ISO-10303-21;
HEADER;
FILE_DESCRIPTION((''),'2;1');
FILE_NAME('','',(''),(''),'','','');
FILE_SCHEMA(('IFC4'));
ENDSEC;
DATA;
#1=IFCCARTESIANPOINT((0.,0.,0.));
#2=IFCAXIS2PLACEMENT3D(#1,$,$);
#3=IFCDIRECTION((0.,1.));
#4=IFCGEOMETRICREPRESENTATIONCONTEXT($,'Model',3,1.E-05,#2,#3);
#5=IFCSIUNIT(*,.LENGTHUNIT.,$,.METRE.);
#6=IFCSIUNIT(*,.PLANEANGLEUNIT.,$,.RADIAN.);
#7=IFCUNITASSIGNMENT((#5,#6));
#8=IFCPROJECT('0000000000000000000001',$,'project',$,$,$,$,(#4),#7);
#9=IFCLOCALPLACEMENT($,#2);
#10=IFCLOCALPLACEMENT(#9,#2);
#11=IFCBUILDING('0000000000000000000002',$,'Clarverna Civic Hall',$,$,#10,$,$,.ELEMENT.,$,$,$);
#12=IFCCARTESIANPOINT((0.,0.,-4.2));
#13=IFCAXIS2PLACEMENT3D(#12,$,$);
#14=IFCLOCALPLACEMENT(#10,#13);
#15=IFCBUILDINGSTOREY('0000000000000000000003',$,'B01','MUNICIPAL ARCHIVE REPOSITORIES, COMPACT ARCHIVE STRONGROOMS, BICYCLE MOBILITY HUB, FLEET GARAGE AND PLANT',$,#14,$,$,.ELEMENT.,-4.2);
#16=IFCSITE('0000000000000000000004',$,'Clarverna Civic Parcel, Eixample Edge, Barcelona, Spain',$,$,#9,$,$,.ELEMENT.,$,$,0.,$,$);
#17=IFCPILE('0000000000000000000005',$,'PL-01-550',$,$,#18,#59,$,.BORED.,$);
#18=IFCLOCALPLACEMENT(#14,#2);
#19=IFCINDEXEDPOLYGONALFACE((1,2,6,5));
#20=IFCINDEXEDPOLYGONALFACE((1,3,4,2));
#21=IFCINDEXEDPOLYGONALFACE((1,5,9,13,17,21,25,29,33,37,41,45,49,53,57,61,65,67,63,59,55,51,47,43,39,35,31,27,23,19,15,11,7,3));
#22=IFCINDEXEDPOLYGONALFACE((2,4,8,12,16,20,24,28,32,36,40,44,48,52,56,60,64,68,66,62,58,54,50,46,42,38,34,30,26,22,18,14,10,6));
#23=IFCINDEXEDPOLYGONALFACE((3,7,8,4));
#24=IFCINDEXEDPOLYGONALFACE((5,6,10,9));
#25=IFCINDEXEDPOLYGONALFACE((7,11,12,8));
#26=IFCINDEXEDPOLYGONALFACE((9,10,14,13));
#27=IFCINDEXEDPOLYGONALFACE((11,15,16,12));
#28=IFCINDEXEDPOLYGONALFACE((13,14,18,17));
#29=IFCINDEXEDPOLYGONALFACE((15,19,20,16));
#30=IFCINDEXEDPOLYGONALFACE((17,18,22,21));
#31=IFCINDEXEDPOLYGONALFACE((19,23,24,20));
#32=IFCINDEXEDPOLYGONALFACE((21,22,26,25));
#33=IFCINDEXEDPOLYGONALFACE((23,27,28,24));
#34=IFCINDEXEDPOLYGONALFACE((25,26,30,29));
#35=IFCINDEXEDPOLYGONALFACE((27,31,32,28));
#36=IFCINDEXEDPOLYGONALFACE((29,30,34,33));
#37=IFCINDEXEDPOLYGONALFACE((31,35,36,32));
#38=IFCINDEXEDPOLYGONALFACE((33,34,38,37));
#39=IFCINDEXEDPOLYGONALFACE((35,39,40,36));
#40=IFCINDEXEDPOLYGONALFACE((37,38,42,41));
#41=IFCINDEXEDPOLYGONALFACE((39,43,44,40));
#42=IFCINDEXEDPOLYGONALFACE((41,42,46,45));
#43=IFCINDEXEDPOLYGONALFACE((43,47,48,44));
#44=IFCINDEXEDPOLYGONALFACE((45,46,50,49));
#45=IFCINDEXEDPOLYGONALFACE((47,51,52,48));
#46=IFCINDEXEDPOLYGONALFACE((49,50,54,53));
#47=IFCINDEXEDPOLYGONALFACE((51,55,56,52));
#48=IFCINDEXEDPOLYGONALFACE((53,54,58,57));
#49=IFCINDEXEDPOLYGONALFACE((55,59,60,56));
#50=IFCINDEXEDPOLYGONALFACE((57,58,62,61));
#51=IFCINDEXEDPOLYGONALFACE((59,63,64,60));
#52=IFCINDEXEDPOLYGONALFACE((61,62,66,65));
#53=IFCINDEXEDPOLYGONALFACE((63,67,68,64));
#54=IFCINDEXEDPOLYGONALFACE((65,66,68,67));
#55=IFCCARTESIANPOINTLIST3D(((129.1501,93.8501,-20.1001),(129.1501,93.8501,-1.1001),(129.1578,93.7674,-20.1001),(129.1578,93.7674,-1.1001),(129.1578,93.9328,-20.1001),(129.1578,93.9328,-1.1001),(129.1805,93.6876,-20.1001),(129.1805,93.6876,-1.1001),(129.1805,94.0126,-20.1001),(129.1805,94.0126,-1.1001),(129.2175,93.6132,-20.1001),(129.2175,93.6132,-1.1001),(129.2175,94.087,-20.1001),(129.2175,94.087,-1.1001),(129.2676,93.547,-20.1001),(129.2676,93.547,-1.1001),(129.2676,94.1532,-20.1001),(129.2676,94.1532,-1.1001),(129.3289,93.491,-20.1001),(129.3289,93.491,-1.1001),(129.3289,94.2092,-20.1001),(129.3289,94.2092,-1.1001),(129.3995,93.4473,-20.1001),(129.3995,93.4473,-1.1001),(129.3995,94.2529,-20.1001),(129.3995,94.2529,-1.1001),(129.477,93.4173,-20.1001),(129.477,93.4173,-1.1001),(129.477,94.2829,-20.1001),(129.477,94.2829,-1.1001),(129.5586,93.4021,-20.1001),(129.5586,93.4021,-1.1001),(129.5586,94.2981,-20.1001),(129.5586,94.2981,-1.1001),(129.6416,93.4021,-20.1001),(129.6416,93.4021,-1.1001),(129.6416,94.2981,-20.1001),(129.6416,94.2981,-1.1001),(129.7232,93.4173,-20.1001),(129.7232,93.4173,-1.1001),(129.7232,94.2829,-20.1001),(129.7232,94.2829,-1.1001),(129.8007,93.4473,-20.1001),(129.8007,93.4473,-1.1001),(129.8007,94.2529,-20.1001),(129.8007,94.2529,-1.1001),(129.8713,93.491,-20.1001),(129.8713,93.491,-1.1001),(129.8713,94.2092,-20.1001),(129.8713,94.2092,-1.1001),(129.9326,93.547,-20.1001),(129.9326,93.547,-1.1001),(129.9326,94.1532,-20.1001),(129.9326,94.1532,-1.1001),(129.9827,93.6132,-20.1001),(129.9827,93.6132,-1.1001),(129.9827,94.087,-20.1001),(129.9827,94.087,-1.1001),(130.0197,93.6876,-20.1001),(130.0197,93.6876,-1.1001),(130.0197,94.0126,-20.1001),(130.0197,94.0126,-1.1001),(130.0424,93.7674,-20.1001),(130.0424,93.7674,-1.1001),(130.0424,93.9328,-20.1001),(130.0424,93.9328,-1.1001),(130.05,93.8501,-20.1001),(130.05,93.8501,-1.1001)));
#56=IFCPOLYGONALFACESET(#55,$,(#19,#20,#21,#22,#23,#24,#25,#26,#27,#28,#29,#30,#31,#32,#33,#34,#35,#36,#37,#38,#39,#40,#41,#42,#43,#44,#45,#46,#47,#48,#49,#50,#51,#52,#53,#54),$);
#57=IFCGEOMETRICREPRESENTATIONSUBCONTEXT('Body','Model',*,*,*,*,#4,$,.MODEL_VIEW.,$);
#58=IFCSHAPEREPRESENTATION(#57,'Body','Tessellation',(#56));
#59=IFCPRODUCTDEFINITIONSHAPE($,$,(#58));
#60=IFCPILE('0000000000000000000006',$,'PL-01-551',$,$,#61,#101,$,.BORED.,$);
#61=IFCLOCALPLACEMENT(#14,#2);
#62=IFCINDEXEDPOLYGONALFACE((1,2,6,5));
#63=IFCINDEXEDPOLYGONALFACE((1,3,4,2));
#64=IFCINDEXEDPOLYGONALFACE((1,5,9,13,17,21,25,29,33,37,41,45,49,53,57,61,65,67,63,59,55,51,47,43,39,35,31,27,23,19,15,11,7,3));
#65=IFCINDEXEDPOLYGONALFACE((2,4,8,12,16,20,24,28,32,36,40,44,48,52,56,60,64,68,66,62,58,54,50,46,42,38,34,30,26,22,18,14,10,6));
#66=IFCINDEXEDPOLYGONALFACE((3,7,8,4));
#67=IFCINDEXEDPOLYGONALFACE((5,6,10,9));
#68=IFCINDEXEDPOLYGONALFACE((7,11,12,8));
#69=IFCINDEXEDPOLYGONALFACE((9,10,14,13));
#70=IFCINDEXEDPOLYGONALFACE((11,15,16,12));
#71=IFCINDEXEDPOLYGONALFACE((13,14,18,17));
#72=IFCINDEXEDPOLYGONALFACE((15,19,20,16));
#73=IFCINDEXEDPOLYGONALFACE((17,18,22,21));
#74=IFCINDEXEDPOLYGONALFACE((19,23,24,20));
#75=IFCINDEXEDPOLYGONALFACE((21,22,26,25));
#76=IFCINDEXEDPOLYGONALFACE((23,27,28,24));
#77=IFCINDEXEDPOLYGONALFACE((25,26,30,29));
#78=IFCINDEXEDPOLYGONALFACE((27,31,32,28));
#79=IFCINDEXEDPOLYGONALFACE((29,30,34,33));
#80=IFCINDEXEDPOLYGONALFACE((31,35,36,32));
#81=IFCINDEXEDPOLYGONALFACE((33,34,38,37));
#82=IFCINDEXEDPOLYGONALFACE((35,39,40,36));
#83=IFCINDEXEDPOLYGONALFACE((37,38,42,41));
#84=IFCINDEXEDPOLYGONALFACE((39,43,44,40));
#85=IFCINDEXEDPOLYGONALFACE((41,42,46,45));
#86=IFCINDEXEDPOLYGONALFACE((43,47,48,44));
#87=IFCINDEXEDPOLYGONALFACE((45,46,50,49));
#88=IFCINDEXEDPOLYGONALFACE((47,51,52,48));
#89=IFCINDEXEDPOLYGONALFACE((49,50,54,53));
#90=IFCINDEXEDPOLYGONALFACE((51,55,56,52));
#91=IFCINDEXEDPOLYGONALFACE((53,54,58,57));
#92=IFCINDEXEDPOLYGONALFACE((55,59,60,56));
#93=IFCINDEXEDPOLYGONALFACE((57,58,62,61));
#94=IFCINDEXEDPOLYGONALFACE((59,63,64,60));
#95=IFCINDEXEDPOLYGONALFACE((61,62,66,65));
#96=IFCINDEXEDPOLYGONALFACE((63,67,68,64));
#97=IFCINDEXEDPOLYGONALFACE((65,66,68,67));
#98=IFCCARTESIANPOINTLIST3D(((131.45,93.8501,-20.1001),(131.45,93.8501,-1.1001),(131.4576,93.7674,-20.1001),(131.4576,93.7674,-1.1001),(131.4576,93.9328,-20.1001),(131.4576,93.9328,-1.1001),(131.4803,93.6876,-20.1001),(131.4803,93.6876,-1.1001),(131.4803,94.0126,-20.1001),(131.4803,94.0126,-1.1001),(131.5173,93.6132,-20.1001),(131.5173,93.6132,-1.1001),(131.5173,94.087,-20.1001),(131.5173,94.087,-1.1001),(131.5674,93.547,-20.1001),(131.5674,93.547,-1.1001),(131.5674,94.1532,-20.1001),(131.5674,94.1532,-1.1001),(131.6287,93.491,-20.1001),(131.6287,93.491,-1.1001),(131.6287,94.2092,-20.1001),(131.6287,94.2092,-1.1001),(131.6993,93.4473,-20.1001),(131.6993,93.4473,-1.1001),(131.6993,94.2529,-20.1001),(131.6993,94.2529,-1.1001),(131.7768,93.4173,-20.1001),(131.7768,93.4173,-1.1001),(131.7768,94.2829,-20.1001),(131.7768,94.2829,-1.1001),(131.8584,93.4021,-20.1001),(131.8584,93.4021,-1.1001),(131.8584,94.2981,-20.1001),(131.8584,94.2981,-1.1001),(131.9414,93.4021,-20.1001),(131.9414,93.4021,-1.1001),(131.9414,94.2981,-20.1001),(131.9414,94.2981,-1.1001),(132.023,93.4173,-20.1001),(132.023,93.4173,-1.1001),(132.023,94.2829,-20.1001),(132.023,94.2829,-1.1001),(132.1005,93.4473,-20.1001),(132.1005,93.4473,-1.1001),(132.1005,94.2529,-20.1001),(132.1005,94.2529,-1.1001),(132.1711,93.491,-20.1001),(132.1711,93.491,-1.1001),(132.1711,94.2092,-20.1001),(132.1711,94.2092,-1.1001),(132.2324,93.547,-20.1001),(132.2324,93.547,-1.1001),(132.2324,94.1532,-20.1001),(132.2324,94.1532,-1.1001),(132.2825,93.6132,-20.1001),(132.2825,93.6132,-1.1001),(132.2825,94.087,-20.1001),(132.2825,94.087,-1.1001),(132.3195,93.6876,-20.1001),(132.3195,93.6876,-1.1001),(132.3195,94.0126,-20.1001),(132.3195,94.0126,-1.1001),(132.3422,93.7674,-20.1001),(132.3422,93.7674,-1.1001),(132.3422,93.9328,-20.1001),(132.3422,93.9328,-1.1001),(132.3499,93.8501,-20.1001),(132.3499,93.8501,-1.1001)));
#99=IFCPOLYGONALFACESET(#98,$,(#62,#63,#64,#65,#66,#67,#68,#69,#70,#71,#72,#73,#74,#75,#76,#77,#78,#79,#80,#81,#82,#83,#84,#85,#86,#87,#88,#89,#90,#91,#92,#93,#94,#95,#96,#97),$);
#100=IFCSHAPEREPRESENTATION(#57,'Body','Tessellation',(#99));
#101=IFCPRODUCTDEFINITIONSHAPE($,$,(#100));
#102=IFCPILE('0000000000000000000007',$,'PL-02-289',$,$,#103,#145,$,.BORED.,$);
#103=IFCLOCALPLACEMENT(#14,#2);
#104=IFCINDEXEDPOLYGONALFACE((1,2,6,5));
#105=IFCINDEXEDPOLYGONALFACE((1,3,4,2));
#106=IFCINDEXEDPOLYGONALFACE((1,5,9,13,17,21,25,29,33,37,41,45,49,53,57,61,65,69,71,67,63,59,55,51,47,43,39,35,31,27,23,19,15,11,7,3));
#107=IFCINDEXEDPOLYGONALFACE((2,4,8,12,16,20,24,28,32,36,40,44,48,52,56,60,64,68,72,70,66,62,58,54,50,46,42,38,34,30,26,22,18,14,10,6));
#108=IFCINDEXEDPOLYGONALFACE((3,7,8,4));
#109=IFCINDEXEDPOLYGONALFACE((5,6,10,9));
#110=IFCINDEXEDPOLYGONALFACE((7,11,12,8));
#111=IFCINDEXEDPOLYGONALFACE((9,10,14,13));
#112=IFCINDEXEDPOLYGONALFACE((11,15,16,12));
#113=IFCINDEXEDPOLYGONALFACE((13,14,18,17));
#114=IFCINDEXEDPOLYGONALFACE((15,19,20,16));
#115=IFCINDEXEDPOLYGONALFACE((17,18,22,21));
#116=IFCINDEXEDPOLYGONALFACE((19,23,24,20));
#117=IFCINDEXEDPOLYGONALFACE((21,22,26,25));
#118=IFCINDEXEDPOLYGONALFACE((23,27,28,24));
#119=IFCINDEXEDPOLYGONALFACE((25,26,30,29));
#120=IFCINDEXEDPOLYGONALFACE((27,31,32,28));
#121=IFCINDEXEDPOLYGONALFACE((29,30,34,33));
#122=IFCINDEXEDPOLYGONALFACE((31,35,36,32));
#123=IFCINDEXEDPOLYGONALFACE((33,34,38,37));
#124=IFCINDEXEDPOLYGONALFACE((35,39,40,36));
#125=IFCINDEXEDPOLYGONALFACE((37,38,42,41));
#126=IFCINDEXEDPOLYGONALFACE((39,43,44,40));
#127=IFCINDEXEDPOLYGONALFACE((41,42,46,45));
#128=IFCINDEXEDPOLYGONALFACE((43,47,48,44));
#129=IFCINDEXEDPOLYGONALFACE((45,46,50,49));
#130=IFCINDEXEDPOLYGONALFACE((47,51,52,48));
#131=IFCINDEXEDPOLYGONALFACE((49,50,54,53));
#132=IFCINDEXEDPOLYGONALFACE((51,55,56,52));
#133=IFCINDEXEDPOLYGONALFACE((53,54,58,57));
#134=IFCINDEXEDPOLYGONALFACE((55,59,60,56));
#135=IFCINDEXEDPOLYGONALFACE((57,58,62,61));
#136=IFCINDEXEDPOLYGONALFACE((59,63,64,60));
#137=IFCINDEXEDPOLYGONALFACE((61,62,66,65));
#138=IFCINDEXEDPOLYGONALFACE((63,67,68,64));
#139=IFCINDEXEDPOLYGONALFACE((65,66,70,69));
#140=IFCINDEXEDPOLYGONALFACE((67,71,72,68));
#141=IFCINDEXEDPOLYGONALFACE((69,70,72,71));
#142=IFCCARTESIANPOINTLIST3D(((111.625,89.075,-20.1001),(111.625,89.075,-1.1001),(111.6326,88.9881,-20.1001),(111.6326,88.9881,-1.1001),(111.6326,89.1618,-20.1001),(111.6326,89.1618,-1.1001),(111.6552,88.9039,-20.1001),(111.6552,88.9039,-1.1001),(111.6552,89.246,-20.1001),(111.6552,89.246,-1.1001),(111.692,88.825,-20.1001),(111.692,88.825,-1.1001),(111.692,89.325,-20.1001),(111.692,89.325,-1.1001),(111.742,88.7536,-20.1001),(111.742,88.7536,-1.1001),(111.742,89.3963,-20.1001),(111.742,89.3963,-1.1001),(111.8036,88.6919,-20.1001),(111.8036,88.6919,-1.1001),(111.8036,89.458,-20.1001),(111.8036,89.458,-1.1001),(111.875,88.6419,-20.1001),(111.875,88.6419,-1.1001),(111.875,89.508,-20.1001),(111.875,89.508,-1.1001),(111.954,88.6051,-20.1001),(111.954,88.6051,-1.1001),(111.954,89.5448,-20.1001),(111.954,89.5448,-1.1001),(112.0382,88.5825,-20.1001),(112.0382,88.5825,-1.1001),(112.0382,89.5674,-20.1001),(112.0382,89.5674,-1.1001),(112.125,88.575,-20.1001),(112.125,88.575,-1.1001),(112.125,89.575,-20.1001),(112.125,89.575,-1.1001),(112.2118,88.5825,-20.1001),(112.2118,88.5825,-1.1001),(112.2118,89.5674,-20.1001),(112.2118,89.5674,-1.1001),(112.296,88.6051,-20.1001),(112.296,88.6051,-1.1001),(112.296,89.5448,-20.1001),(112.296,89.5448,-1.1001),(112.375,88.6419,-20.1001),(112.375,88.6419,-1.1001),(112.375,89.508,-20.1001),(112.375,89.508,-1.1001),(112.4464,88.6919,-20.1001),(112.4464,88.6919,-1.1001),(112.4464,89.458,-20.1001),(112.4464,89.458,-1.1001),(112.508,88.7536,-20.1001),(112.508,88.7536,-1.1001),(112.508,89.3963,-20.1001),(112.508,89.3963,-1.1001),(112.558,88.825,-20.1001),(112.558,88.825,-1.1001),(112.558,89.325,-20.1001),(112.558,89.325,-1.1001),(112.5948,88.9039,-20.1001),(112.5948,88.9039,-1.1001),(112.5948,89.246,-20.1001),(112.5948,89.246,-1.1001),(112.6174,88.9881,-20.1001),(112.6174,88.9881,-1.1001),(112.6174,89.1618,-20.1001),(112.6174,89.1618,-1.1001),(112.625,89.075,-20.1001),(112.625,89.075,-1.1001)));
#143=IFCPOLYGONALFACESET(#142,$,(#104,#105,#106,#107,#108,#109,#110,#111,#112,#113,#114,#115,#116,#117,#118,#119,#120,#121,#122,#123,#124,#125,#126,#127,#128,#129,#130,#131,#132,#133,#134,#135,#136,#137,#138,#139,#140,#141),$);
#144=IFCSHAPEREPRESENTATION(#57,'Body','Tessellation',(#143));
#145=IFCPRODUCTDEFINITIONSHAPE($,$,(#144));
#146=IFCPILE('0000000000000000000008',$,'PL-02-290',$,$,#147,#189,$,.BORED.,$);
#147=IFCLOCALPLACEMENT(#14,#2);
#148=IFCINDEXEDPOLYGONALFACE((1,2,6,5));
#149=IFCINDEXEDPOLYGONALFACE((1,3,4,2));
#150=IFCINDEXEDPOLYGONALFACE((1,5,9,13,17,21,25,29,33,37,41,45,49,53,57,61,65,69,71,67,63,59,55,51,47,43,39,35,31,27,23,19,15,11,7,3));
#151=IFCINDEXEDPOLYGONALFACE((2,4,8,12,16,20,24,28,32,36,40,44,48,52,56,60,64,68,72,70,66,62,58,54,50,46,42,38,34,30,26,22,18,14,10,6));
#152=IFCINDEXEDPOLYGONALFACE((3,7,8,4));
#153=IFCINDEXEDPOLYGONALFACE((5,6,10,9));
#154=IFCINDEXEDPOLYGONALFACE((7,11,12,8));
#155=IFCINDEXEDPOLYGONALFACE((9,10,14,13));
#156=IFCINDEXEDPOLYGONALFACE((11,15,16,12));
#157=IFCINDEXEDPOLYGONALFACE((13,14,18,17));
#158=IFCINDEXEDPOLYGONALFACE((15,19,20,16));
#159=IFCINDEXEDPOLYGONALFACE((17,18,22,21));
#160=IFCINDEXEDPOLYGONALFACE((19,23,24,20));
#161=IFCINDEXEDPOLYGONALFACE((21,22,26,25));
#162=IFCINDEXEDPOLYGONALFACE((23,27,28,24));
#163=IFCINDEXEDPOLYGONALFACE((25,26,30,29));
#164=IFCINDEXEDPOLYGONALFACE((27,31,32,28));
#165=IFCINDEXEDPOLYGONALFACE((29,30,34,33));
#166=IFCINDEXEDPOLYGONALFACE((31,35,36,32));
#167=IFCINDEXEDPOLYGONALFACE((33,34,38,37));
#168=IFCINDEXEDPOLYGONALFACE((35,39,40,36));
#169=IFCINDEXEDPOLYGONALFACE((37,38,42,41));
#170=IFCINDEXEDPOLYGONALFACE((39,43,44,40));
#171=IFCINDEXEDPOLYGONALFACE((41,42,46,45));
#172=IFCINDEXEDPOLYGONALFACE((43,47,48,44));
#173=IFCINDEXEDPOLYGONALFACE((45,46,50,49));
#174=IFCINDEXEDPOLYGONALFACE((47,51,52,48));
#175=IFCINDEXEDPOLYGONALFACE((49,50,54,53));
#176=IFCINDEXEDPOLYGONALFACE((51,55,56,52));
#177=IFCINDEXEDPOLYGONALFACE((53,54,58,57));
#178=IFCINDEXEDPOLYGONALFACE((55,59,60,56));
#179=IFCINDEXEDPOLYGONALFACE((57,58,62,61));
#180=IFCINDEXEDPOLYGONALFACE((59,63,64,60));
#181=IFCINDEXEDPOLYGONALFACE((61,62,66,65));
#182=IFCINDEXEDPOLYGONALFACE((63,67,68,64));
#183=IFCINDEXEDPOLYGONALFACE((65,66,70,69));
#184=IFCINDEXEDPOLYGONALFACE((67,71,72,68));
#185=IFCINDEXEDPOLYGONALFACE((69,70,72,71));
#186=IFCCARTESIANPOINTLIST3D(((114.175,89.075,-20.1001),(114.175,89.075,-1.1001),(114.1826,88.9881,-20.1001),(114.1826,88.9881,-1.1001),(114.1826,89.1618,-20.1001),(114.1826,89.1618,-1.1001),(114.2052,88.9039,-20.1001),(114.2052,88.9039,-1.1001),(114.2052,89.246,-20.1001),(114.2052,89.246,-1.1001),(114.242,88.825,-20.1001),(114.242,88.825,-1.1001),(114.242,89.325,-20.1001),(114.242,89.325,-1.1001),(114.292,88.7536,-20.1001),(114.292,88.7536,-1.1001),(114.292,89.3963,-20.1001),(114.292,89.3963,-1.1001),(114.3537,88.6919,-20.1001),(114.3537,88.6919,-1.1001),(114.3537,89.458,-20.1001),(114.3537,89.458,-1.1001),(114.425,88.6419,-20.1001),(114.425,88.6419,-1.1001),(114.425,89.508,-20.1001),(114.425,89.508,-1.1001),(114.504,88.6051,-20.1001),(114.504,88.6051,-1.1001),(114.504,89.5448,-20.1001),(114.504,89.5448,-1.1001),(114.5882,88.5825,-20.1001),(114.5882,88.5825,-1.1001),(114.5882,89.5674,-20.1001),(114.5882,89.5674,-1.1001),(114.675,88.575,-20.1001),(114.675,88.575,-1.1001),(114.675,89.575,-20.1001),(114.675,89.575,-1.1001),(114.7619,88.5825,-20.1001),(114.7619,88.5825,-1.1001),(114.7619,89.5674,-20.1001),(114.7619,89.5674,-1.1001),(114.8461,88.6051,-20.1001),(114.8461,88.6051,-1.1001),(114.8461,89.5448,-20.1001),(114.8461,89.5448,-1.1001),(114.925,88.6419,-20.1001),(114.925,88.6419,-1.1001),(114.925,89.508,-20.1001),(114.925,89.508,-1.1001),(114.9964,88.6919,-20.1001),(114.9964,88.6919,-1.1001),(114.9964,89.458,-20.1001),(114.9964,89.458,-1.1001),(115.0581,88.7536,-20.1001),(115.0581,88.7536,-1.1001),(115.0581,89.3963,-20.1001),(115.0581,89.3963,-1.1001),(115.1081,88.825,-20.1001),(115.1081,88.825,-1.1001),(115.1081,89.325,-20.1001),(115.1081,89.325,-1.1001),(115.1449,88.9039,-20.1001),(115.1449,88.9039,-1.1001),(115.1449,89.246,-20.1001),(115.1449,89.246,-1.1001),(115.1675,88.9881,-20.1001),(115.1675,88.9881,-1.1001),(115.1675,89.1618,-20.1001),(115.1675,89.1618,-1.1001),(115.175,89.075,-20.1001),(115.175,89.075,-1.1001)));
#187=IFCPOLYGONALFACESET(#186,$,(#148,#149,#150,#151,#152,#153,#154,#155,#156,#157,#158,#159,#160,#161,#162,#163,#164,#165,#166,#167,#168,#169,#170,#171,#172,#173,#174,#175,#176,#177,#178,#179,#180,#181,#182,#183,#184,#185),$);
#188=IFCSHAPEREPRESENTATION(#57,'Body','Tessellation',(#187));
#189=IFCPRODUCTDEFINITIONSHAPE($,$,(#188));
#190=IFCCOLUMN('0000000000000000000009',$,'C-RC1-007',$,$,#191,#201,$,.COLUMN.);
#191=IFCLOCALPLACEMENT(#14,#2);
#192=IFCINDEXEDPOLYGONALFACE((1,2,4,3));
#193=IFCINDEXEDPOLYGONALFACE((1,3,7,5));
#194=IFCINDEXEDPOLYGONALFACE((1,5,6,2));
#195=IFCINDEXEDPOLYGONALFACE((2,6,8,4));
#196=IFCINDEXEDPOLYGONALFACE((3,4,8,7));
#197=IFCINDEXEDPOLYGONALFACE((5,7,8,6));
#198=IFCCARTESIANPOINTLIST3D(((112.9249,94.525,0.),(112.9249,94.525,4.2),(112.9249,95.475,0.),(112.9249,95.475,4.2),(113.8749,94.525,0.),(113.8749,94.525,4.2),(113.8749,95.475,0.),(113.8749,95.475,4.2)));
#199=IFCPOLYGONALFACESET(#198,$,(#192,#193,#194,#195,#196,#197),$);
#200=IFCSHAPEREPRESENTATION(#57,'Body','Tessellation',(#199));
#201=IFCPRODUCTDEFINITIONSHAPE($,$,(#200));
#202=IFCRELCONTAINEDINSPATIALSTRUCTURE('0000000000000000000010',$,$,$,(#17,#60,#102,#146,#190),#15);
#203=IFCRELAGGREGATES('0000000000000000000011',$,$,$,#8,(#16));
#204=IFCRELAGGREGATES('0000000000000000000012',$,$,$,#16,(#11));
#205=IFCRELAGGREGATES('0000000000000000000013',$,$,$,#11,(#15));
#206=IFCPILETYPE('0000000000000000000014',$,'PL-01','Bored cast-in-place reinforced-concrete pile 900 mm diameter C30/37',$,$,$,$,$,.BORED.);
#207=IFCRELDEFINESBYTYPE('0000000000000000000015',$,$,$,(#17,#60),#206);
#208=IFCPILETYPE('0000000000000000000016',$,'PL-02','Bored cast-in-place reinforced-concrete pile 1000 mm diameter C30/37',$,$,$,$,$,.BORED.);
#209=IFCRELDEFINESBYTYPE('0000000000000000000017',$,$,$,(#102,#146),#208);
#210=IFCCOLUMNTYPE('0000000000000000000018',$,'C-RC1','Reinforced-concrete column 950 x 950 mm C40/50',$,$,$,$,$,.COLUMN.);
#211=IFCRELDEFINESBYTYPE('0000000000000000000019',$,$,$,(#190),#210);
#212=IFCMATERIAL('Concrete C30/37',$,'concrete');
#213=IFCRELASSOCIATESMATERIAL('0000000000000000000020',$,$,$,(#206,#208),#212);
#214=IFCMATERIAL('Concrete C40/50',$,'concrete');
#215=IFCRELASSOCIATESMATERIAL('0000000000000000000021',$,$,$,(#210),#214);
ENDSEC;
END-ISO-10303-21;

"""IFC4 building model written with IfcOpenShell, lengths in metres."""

from ifc_helpers import new_model, si_unit, direction, frame, origin, origin_2d, place, context, subcontext, project, spatial, rectangle, circle, extrude, material, material_profile, profile_set, type_object, element, save


model = new_model("IFC4")

# Units and contexts
model_context = context("Model", 3, precision=1e-05, world=origin(), true_north=direction((0.0, 1.0)))
body_context = subcontext(model_context, "Body", "Model", "MODEL_VIEW")
ifc_project = project(units=[si_unit("LENGTHUNIT", "METRE"), si_unit("PLANEANGLEUNIT", "RADIAN")], contexts=[model_context])

# Site, building, storey
site_placement = place(None, origin())
site = spatial("IfcSite", under=ifc_project, at=site_placement, Name="Clarverna Civic Parcel, Eixample Edge, Barcelona, Spain", CompositionType="ELEMENT", RefElevation=0.0)
building_placement = place(site_placement, origin())
building = spatial("IfcBuilding", under=site, at=building_placement, Name="Clarverna Civic Hall", CompositionType="ELEMENT")
storey_placement = place(building_placement, frame((0.0, 0.0, -4.2)))
storey = spatial("IfcBuildingStorey", under=building, at=storey_placement, Name="B01", Description="MUNICIPAL ARCHIVE REPOSITORIES, COMPACT ARCHIVE STRONGROOMS, BICYCLE MOBILITY HUB, FLEET GARAGE AND PLANT", CompositionType="ELEMENT", Elevation=-4.2)

# Shared definitions
ifc_material_1 = material(Name="Concrete C30/37", Category="concrete")

# Piles
ifc_material_profile_1 = material_profile(ifc_material_1, circle(Radius=0.45, at=origin_2d()), Name="BORED PILE D900")
ifc_profile_set_1 = profile_set([ifc_material_profile_1], Name="Concrete C30/37")
pile_type_1 = type_object("IfcPileType", Name="PL-01", Description="Bored cast-in-place reinforced-concrete pile 900 mm diameter C30/37", PredefinedType="BORED", material=ifc_profile_set_1)
for number, where, z_axis, x_axis, name in (
    (1, (129.6001, 93.8501, -1.1001), (0.0, 0.0, -1.0), (1.0, 0.0, 0.0), "PL-01-550"),
    (2, (131.8999, 93.8501, -1.1001), (0.0, 0.0, -1.0), (1.0, 0.0, 0.0), "PL-01-551"),
):
    element("IfcPile", number, at=place(storey_placement, frame(where, z_axis=z_axis, x_axis=x_axis)), inside=storey, type_object=pile_type_1, Name=name, PredefinedType="BORED", context=body_context, shape_type="SweptSolid", body=[
        extrude(circle(Radius=0.45, at=origin_2d()), origin(), (0.0, 0.0, 1.0), 19.0),
    ])
ifc_material_profile_2 = material_profile(ifc_material_1, circle(Radius=0.5, at=origin_2d()), Name="BORED PILE D1000")
ifc_profile_set_2 = profile_set([ifc_material_profile_2], Name="Concrete C30/37")
pile_type_2 = type_object("IfcPileType", Name="PL-02", Description="Bored cast-in-place reinforced-concrete pile 1000 mm diameter C30/37", PredefinedType="BORED", material=ifc_profile_set_2)
for number, where, z_axis, x_axis, name in (
    (3, (112.125, 89.075, -1.1001), (0.0, 0.0, -1.0), (1.0, 0.0, 0.0), "PL-02-289"),
    (4, (114.675, 89.075, -1.1001), (0.0, 0.0, -1.0), (1.0, 0.0, 0.0), "PL-02-290"),
):
    element("IfcPile", number, at=place(storey_placement, frame(where, z_axis=z_axis, x_axis=x_axis)), inside=storey, type_object=pile_type_2, Name=name, PredefinedType="BORED", context=body_context, shape_type="SweptSolid", body=[
        extrude(circle(Radius=0.5, at=origin_2d()), origin(), (0.0, 0.0, 1.0), 19.0),
    ])

# Column
ifc_material_2 = material(Name="Concrete C40/50", Category="concrete")
ifc_material_profile_3 = material_profile(ifc_material_2, rectangle(XDim=0.95, YDim=0.95, at=origin_2d()), Name="RC 950x950")
ifc_profile_set_3 = profile_set([ifc_material_profile_3], Name="Concrete C40/50")
column_type = type_object("IfcColumnType", Name="C-RC1", Description="Reinforced-concrete column 950 x 950 mm C40/50", PredefinedType="COLUMN", material=ifc_profile_set_3)
for number, where, z_axis, x_axis, name in (
    (5, (113.3999, 95.0, 0.0), (0.0, 0.0, 1.0), (1.0, 0.0, 0.0), "C-RC1-007"),
):
    element("IfcColumn", number, at=place(storey_placement, frame(where, z_axis=z_axis, x_axis=x_axis)), inside=storey, type_object=column_type, Name=name, PredefinedType="COLUMN", context=body_context, shape_type="SweptSolid", body=[
        extrude(rectangle(XDim=0.95, YDim=0.95, at=origin_2d()), origin(), (0.0, 0.0, 1.0), 4.2),
    ])

save(model, "model.ifc")
